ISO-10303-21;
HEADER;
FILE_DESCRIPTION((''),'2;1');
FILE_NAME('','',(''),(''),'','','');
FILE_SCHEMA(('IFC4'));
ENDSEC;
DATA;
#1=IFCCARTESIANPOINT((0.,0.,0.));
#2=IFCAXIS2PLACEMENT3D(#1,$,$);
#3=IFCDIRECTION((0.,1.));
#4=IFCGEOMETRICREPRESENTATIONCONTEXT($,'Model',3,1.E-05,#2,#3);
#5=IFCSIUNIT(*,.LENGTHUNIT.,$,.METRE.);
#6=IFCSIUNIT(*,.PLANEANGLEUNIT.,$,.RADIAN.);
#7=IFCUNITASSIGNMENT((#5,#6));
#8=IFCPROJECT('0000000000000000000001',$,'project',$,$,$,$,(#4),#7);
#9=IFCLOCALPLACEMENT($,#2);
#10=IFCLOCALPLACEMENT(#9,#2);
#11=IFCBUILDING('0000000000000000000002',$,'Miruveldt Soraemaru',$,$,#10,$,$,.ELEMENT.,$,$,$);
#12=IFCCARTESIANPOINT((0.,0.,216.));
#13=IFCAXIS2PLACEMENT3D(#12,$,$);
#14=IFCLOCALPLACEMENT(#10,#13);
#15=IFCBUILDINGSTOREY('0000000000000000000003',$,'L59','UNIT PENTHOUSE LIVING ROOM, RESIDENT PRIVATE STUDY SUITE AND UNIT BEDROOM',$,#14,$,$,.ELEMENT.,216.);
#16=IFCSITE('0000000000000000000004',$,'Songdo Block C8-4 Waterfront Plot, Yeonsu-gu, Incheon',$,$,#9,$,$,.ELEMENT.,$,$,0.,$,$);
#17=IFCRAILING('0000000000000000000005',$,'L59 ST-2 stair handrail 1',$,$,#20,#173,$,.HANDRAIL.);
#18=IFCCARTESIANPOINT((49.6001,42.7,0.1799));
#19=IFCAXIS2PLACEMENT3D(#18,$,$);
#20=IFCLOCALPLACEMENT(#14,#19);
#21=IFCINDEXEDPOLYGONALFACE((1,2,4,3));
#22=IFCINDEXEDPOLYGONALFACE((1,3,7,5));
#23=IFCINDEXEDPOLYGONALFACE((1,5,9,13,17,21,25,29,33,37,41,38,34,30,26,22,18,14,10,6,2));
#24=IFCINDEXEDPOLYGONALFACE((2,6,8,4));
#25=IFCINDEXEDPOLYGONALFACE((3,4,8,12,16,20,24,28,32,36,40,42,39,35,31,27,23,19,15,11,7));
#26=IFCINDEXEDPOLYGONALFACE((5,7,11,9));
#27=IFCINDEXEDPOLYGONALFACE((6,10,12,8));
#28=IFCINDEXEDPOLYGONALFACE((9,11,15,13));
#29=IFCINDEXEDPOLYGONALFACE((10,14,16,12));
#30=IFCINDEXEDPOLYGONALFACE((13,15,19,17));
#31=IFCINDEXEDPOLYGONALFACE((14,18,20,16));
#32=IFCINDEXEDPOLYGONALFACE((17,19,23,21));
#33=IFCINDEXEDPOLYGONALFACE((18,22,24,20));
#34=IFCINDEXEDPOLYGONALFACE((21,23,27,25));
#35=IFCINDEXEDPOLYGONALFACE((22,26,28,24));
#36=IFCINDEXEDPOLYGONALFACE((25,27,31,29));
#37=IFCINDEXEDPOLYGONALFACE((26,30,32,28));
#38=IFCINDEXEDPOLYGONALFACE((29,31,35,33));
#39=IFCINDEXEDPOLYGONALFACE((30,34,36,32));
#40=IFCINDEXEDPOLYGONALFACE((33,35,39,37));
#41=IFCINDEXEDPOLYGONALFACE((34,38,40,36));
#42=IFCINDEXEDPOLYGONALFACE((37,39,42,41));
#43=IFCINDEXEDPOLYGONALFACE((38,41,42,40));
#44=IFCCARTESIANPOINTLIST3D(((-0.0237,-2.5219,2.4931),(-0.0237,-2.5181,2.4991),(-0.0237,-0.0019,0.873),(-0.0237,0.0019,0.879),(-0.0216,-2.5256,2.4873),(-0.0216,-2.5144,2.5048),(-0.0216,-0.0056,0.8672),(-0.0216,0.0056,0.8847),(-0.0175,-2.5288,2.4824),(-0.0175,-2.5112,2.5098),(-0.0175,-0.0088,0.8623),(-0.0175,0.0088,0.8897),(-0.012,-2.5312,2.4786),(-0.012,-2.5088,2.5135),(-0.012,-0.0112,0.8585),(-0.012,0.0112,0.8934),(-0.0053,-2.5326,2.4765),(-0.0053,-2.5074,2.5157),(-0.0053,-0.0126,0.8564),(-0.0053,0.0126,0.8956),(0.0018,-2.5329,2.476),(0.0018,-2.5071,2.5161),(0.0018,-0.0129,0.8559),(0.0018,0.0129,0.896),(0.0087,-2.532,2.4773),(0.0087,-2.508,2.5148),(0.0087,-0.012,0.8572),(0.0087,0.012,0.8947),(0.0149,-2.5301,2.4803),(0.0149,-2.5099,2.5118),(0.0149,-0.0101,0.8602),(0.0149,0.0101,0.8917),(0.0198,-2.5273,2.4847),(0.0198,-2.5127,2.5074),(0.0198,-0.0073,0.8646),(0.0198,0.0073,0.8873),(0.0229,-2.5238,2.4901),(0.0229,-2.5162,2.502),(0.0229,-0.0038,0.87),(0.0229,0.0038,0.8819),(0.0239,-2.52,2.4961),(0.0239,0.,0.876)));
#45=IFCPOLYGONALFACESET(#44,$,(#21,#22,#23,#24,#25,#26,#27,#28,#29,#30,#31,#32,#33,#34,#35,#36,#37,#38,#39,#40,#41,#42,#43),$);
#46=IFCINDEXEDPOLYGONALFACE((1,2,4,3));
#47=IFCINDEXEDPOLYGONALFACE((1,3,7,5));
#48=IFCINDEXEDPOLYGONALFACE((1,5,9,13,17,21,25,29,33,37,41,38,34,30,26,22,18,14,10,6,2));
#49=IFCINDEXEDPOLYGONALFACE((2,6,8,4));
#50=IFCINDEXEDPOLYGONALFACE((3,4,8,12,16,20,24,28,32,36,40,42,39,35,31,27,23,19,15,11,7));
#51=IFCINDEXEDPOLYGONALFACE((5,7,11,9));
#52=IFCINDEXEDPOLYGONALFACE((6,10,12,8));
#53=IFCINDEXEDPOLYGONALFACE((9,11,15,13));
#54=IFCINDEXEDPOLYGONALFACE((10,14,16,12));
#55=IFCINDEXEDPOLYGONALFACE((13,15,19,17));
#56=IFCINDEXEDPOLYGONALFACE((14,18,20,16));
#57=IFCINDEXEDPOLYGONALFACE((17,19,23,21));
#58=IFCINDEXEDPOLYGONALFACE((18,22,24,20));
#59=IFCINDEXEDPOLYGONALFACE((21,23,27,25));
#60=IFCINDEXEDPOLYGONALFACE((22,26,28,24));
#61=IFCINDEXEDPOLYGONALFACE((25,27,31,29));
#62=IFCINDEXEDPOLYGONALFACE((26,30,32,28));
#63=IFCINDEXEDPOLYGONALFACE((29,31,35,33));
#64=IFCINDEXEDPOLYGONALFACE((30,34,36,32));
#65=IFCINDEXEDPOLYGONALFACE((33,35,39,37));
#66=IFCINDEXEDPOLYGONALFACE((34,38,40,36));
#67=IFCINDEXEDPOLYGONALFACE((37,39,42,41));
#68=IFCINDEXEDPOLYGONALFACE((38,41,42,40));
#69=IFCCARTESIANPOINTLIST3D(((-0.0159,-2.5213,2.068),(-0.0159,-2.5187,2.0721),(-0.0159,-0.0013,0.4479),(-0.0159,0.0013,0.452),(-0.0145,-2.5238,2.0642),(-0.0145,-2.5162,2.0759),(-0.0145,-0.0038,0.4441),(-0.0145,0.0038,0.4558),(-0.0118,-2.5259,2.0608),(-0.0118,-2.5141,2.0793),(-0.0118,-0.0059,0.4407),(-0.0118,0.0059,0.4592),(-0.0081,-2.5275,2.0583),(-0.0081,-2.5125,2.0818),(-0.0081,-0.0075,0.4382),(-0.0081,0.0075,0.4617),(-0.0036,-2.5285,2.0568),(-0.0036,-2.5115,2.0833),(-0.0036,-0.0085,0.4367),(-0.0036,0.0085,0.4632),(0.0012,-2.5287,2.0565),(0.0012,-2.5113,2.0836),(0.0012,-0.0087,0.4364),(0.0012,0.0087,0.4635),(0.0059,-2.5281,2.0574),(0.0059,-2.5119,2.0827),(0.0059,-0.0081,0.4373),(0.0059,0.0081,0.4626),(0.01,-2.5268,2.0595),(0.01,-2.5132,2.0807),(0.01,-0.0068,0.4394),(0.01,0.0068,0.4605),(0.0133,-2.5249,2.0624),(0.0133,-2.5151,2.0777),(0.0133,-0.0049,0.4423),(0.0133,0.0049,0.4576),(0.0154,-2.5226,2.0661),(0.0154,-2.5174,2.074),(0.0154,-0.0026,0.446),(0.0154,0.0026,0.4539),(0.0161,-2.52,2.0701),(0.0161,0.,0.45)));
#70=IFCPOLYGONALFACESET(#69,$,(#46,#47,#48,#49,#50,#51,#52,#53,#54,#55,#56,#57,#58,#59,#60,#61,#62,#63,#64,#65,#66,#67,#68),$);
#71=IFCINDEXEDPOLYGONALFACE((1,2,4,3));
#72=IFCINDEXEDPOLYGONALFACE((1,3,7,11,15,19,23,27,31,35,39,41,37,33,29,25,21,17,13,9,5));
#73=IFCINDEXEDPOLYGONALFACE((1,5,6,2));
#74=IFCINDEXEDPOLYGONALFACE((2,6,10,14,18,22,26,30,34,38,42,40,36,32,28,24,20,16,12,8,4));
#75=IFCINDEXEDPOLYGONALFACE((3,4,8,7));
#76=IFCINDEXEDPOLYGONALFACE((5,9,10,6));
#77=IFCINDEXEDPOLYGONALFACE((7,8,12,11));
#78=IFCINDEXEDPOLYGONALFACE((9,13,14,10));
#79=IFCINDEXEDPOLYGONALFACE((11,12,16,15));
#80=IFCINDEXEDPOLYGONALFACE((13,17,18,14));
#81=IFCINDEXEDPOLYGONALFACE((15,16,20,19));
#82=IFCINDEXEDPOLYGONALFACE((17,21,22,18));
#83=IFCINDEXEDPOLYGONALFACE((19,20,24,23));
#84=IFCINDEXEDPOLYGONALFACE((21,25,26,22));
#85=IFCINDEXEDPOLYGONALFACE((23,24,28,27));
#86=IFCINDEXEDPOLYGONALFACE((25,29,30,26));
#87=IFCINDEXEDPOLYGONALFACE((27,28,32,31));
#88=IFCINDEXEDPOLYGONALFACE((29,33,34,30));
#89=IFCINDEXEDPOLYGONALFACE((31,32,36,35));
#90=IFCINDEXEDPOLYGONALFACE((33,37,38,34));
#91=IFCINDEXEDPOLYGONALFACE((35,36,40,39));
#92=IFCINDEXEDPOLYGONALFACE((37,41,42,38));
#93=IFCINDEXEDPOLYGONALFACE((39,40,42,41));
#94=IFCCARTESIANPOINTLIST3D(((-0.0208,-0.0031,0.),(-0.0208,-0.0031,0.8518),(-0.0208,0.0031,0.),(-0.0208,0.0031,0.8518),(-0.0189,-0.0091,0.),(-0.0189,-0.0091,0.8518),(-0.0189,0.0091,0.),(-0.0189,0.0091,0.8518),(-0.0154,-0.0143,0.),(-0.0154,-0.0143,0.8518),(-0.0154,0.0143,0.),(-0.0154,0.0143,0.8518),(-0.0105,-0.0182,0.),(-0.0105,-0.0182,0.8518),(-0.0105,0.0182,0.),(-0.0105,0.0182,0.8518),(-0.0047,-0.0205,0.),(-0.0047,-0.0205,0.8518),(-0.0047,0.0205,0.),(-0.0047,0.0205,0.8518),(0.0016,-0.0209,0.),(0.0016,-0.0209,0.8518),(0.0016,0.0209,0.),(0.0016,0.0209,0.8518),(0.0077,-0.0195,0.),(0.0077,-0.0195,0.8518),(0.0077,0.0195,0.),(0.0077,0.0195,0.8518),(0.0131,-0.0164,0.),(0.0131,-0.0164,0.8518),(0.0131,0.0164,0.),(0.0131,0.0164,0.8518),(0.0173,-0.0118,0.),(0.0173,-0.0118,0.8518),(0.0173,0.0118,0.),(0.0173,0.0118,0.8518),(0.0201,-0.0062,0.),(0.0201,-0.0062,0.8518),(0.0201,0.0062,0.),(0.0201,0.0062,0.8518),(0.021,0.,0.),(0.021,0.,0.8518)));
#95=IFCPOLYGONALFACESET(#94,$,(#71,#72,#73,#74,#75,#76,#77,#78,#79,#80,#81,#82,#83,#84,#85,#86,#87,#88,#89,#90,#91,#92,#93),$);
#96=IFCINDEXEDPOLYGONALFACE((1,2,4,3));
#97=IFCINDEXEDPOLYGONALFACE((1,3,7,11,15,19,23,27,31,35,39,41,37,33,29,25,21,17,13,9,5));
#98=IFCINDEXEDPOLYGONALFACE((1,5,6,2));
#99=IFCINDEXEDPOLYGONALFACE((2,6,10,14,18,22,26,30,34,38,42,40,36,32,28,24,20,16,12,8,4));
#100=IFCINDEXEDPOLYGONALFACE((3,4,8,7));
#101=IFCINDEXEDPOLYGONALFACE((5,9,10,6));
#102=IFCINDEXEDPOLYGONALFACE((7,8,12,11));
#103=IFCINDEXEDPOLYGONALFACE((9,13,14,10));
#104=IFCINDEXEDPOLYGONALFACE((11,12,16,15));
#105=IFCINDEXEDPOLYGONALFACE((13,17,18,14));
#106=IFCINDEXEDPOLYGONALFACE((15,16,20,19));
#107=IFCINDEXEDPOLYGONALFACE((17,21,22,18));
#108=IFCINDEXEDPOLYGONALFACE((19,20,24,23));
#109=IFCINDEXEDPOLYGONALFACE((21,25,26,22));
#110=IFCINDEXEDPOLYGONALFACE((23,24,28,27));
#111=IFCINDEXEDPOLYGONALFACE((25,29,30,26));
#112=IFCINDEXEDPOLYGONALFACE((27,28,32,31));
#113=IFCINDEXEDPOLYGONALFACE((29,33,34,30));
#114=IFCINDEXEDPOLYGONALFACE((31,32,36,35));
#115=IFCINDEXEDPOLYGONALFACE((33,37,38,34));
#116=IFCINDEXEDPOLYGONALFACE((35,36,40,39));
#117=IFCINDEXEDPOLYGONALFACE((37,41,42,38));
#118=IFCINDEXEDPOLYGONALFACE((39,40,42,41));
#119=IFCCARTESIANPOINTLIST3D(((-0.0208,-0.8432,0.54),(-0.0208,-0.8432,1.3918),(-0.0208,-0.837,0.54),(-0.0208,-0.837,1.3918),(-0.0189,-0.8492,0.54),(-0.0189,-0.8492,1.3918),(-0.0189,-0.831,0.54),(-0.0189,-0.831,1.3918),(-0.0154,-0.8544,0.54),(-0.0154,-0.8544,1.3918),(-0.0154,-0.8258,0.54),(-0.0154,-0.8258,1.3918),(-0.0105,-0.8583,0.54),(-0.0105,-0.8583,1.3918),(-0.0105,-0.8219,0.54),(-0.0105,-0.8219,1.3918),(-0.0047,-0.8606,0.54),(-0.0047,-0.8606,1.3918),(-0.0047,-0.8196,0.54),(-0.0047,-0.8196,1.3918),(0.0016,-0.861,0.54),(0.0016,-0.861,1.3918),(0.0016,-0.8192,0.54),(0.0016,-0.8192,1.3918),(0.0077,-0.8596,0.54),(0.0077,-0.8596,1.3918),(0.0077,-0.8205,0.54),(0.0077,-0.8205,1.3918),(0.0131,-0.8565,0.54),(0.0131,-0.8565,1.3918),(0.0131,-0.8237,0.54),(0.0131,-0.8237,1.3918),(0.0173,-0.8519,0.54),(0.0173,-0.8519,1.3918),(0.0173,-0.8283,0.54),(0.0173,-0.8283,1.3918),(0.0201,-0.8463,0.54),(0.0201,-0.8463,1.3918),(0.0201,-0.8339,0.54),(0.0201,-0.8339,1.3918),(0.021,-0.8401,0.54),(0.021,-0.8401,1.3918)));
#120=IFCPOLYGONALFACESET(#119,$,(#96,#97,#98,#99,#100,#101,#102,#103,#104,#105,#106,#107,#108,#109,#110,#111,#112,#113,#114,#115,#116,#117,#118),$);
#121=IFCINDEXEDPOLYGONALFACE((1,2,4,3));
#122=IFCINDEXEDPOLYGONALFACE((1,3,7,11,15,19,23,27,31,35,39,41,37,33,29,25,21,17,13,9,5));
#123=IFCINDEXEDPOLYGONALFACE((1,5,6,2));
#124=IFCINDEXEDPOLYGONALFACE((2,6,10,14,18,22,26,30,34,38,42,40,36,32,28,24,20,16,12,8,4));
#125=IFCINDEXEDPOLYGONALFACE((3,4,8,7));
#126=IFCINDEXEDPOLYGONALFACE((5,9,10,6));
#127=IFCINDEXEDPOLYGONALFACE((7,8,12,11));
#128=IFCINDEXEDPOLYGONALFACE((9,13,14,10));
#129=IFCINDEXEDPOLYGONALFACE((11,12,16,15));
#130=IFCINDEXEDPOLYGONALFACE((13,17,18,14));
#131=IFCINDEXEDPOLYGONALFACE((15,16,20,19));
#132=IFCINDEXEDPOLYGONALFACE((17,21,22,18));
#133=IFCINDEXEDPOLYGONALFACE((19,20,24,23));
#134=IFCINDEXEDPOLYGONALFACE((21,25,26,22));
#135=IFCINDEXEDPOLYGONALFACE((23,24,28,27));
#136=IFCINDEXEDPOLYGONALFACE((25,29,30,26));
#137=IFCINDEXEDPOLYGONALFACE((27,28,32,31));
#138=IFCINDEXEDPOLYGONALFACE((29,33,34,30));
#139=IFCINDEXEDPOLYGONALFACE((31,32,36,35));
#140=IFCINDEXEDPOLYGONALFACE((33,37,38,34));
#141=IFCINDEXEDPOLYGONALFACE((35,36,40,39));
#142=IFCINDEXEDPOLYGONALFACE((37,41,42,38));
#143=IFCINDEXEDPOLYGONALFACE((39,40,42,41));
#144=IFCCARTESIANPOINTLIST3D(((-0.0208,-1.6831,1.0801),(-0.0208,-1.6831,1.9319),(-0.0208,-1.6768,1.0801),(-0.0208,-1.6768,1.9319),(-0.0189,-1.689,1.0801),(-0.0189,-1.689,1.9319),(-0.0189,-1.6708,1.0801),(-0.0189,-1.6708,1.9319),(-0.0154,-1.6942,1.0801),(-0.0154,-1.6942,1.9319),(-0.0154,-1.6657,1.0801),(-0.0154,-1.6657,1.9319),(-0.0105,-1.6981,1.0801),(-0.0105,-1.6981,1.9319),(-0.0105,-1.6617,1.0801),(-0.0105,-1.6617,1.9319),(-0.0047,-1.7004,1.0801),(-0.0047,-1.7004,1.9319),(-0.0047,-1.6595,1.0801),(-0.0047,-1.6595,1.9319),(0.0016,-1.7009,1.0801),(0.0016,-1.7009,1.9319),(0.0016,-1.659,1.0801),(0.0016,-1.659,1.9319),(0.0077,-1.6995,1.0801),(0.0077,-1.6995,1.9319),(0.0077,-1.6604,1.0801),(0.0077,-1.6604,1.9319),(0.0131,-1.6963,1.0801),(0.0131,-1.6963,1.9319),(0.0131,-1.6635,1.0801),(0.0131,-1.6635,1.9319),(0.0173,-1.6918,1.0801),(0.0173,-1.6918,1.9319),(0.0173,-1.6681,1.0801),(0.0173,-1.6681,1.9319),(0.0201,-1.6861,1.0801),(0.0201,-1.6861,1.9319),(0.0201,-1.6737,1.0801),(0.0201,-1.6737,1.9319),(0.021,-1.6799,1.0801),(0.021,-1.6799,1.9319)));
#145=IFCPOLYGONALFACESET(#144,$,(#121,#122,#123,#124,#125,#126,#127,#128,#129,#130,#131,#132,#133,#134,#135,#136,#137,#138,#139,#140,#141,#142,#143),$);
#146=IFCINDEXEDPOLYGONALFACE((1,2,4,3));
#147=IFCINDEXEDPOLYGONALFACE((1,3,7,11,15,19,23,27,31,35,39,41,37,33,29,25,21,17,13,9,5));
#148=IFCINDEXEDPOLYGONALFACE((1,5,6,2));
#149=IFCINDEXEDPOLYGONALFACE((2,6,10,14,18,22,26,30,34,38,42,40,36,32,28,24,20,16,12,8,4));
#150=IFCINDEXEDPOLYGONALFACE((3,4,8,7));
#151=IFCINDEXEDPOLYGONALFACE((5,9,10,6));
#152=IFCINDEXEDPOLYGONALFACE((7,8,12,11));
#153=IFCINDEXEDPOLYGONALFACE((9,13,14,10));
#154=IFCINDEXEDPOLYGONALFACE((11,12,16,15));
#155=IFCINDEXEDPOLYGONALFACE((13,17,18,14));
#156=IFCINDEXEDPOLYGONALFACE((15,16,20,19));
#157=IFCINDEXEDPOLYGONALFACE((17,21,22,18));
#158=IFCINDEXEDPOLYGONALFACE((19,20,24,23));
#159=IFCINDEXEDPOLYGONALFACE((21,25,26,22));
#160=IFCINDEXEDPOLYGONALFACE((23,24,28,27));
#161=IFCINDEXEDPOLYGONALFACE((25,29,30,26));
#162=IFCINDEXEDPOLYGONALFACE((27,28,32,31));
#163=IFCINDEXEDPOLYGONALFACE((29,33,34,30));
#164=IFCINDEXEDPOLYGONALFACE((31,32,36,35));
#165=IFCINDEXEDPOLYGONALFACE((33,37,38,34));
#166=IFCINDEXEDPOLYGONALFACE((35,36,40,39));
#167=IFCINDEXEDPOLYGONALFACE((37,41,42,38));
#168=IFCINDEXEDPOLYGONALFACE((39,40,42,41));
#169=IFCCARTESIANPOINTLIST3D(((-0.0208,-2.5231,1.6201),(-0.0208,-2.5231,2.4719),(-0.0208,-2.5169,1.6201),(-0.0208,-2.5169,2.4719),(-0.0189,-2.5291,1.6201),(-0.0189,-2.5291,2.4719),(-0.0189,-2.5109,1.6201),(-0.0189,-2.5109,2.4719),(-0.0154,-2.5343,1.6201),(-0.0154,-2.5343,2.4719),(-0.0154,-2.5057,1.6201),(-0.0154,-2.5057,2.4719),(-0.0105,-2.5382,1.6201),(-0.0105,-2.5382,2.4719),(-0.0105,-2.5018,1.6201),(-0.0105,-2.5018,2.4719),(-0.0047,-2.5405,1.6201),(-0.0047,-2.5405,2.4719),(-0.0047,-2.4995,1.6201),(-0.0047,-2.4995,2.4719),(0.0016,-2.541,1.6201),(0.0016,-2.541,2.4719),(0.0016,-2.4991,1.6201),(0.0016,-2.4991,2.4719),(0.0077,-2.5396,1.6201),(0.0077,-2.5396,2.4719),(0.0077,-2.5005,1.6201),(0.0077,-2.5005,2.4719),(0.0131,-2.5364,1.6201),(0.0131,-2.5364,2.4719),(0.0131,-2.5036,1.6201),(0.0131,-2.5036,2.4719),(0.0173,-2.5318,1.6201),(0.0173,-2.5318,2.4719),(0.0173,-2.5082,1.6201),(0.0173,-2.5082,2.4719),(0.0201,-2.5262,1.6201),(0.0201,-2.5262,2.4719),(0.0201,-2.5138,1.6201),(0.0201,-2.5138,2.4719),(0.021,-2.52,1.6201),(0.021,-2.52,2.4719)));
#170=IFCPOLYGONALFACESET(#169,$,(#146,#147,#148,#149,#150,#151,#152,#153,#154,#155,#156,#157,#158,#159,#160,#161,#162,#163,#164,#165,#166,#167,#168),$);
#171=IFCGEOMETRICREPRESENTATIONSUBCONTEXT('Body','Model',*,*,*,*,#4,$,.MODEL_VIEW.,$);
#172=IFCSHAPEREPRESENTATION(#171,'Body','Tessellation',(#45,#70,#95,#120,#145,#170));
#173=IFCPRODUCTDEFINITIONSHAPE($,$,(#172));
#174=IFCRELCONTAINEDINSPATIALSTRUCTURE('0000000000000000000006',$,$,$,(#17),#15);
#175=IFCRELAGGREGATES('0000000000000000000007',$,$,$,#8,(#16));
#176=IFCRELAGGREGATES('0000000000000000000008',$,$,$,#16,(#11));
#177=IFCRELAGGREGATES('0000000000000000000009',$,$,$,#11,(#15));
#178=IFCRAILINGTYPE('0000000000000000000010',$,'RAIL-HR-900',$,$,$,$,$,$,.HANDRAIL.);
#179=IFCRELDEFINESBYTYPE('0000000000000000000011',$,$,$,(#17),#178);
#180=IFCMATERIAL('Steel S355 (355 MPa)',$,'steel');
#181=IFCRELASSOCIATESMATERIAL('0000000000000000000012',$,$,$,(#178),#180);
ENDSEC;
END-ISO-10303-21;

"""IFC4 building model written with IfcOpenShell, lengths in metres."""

from ifc_helpers import new_model, si_unit, direction, frame, origin, origin_2d, place, context, subcontext, project, spatial, circle, extrude, material, type_object, element, save


model = new_model("IFC4")

# Units and contexts
model_context = context("Model", 3, precision=1e-05, world=origin(), true_north=direction((0.0, 1.0)))
body_context = subcontext(model_context, "Body", "Model", "MODEL_VIEW")
ifc_project = project(units=[si_unit("LENGTHUNIT", "METRE"), si_unit("PLANEANGLEUNIT", "RADIAN")], contexts=[model_context])

# Site, building, storey
site_placement = place(None, origin())
site = spatial("IfcSite", under=ifc_project, at=site_placement, Name="Songdo Block C8-4 Waterfront Plot, Yeonsu-gu, Incheon", CompositionType="ELEMENT", RefElevation=0.0)
building_placement = place(site_placement, origin())
building = spatial("IfcBuilding", under=site, at=building_placement, Name="Miruveldt Soraemaru", CompositionType="ELEMENT")
storey_placement = place(building_placement, frame((0.0, 0.0, 216.0)))
storey = spatial("IfcBuildingStorey", under=building, at=storey_placement, Name="L59", Description="UNIT PENTHOUSE LIVING ROOM, RESIDENT PRIVATE STUDY SUITE AND UNIT BEDROOM", CompositionType="ELEMENT", Elevation=216.0)

# Railing
ifc_material_1 = material(Name="Steel S355 (355 MPa)", Category="steel")
railing_type_1 = type_object("IfcRailingType", Name="RAIL-HR-900", PredefinedType="HANDRAIL", material=ifc_material_1)
railing_1_placement = place(storey_placement, frame((49.6001, 42.7, 0.1799)))
element("IfcRailing", 1, at=railing_1_placement, inside=storey, type_object=railing_type_1, Name="L59 ST-2 stair handrail 1", PredefinedType="HANDRAIL", context=body_context, shape_type="SweptSolid", body=[
    extrude(circle(Radius=0.0239, at=origin_2d()), frame((0.0, 0.0, 0.876), z_axis=(0.0, -0.841163, 0.540782), x_axis=(1.0, 0.0, 0.0)), (0.0, 0.0, 1.0), 2.9958),
    extrude(circle(Radius=0.0161, at=origin_2d()), frame((0.0, 0.0, 0.45), z_axis=(0.0, -0.841163, 0.540782), x_axis=(1.0, 0.0, 0.0)), (0.0, 0.0, 1.0), 2.9958),
    extrude(circle(Radius=0.021, at=origin_2d()), origin(), (0.0, 0.0, 1.0), 0.8518),
    extrude(circle(Radius=0.021, at=origin_2d()), frame((0.0, -0.8401, 0.54)), (0.0, 0.0, 1.0), 0.8518),
    extrude(circle(Radius=0.021, at=origin_2d()), frame((0.0, -1.6799, 1.0801)), (0.0, 0.0, 1.0), 0.8518),
    extrude(circle(Radius=0.021, at=origin_2d()), frame((0.0, -2.52, 1.6201)), (0.0, 0.0, 1.0), 0.8518),
])

save(model, "model.ifc")
